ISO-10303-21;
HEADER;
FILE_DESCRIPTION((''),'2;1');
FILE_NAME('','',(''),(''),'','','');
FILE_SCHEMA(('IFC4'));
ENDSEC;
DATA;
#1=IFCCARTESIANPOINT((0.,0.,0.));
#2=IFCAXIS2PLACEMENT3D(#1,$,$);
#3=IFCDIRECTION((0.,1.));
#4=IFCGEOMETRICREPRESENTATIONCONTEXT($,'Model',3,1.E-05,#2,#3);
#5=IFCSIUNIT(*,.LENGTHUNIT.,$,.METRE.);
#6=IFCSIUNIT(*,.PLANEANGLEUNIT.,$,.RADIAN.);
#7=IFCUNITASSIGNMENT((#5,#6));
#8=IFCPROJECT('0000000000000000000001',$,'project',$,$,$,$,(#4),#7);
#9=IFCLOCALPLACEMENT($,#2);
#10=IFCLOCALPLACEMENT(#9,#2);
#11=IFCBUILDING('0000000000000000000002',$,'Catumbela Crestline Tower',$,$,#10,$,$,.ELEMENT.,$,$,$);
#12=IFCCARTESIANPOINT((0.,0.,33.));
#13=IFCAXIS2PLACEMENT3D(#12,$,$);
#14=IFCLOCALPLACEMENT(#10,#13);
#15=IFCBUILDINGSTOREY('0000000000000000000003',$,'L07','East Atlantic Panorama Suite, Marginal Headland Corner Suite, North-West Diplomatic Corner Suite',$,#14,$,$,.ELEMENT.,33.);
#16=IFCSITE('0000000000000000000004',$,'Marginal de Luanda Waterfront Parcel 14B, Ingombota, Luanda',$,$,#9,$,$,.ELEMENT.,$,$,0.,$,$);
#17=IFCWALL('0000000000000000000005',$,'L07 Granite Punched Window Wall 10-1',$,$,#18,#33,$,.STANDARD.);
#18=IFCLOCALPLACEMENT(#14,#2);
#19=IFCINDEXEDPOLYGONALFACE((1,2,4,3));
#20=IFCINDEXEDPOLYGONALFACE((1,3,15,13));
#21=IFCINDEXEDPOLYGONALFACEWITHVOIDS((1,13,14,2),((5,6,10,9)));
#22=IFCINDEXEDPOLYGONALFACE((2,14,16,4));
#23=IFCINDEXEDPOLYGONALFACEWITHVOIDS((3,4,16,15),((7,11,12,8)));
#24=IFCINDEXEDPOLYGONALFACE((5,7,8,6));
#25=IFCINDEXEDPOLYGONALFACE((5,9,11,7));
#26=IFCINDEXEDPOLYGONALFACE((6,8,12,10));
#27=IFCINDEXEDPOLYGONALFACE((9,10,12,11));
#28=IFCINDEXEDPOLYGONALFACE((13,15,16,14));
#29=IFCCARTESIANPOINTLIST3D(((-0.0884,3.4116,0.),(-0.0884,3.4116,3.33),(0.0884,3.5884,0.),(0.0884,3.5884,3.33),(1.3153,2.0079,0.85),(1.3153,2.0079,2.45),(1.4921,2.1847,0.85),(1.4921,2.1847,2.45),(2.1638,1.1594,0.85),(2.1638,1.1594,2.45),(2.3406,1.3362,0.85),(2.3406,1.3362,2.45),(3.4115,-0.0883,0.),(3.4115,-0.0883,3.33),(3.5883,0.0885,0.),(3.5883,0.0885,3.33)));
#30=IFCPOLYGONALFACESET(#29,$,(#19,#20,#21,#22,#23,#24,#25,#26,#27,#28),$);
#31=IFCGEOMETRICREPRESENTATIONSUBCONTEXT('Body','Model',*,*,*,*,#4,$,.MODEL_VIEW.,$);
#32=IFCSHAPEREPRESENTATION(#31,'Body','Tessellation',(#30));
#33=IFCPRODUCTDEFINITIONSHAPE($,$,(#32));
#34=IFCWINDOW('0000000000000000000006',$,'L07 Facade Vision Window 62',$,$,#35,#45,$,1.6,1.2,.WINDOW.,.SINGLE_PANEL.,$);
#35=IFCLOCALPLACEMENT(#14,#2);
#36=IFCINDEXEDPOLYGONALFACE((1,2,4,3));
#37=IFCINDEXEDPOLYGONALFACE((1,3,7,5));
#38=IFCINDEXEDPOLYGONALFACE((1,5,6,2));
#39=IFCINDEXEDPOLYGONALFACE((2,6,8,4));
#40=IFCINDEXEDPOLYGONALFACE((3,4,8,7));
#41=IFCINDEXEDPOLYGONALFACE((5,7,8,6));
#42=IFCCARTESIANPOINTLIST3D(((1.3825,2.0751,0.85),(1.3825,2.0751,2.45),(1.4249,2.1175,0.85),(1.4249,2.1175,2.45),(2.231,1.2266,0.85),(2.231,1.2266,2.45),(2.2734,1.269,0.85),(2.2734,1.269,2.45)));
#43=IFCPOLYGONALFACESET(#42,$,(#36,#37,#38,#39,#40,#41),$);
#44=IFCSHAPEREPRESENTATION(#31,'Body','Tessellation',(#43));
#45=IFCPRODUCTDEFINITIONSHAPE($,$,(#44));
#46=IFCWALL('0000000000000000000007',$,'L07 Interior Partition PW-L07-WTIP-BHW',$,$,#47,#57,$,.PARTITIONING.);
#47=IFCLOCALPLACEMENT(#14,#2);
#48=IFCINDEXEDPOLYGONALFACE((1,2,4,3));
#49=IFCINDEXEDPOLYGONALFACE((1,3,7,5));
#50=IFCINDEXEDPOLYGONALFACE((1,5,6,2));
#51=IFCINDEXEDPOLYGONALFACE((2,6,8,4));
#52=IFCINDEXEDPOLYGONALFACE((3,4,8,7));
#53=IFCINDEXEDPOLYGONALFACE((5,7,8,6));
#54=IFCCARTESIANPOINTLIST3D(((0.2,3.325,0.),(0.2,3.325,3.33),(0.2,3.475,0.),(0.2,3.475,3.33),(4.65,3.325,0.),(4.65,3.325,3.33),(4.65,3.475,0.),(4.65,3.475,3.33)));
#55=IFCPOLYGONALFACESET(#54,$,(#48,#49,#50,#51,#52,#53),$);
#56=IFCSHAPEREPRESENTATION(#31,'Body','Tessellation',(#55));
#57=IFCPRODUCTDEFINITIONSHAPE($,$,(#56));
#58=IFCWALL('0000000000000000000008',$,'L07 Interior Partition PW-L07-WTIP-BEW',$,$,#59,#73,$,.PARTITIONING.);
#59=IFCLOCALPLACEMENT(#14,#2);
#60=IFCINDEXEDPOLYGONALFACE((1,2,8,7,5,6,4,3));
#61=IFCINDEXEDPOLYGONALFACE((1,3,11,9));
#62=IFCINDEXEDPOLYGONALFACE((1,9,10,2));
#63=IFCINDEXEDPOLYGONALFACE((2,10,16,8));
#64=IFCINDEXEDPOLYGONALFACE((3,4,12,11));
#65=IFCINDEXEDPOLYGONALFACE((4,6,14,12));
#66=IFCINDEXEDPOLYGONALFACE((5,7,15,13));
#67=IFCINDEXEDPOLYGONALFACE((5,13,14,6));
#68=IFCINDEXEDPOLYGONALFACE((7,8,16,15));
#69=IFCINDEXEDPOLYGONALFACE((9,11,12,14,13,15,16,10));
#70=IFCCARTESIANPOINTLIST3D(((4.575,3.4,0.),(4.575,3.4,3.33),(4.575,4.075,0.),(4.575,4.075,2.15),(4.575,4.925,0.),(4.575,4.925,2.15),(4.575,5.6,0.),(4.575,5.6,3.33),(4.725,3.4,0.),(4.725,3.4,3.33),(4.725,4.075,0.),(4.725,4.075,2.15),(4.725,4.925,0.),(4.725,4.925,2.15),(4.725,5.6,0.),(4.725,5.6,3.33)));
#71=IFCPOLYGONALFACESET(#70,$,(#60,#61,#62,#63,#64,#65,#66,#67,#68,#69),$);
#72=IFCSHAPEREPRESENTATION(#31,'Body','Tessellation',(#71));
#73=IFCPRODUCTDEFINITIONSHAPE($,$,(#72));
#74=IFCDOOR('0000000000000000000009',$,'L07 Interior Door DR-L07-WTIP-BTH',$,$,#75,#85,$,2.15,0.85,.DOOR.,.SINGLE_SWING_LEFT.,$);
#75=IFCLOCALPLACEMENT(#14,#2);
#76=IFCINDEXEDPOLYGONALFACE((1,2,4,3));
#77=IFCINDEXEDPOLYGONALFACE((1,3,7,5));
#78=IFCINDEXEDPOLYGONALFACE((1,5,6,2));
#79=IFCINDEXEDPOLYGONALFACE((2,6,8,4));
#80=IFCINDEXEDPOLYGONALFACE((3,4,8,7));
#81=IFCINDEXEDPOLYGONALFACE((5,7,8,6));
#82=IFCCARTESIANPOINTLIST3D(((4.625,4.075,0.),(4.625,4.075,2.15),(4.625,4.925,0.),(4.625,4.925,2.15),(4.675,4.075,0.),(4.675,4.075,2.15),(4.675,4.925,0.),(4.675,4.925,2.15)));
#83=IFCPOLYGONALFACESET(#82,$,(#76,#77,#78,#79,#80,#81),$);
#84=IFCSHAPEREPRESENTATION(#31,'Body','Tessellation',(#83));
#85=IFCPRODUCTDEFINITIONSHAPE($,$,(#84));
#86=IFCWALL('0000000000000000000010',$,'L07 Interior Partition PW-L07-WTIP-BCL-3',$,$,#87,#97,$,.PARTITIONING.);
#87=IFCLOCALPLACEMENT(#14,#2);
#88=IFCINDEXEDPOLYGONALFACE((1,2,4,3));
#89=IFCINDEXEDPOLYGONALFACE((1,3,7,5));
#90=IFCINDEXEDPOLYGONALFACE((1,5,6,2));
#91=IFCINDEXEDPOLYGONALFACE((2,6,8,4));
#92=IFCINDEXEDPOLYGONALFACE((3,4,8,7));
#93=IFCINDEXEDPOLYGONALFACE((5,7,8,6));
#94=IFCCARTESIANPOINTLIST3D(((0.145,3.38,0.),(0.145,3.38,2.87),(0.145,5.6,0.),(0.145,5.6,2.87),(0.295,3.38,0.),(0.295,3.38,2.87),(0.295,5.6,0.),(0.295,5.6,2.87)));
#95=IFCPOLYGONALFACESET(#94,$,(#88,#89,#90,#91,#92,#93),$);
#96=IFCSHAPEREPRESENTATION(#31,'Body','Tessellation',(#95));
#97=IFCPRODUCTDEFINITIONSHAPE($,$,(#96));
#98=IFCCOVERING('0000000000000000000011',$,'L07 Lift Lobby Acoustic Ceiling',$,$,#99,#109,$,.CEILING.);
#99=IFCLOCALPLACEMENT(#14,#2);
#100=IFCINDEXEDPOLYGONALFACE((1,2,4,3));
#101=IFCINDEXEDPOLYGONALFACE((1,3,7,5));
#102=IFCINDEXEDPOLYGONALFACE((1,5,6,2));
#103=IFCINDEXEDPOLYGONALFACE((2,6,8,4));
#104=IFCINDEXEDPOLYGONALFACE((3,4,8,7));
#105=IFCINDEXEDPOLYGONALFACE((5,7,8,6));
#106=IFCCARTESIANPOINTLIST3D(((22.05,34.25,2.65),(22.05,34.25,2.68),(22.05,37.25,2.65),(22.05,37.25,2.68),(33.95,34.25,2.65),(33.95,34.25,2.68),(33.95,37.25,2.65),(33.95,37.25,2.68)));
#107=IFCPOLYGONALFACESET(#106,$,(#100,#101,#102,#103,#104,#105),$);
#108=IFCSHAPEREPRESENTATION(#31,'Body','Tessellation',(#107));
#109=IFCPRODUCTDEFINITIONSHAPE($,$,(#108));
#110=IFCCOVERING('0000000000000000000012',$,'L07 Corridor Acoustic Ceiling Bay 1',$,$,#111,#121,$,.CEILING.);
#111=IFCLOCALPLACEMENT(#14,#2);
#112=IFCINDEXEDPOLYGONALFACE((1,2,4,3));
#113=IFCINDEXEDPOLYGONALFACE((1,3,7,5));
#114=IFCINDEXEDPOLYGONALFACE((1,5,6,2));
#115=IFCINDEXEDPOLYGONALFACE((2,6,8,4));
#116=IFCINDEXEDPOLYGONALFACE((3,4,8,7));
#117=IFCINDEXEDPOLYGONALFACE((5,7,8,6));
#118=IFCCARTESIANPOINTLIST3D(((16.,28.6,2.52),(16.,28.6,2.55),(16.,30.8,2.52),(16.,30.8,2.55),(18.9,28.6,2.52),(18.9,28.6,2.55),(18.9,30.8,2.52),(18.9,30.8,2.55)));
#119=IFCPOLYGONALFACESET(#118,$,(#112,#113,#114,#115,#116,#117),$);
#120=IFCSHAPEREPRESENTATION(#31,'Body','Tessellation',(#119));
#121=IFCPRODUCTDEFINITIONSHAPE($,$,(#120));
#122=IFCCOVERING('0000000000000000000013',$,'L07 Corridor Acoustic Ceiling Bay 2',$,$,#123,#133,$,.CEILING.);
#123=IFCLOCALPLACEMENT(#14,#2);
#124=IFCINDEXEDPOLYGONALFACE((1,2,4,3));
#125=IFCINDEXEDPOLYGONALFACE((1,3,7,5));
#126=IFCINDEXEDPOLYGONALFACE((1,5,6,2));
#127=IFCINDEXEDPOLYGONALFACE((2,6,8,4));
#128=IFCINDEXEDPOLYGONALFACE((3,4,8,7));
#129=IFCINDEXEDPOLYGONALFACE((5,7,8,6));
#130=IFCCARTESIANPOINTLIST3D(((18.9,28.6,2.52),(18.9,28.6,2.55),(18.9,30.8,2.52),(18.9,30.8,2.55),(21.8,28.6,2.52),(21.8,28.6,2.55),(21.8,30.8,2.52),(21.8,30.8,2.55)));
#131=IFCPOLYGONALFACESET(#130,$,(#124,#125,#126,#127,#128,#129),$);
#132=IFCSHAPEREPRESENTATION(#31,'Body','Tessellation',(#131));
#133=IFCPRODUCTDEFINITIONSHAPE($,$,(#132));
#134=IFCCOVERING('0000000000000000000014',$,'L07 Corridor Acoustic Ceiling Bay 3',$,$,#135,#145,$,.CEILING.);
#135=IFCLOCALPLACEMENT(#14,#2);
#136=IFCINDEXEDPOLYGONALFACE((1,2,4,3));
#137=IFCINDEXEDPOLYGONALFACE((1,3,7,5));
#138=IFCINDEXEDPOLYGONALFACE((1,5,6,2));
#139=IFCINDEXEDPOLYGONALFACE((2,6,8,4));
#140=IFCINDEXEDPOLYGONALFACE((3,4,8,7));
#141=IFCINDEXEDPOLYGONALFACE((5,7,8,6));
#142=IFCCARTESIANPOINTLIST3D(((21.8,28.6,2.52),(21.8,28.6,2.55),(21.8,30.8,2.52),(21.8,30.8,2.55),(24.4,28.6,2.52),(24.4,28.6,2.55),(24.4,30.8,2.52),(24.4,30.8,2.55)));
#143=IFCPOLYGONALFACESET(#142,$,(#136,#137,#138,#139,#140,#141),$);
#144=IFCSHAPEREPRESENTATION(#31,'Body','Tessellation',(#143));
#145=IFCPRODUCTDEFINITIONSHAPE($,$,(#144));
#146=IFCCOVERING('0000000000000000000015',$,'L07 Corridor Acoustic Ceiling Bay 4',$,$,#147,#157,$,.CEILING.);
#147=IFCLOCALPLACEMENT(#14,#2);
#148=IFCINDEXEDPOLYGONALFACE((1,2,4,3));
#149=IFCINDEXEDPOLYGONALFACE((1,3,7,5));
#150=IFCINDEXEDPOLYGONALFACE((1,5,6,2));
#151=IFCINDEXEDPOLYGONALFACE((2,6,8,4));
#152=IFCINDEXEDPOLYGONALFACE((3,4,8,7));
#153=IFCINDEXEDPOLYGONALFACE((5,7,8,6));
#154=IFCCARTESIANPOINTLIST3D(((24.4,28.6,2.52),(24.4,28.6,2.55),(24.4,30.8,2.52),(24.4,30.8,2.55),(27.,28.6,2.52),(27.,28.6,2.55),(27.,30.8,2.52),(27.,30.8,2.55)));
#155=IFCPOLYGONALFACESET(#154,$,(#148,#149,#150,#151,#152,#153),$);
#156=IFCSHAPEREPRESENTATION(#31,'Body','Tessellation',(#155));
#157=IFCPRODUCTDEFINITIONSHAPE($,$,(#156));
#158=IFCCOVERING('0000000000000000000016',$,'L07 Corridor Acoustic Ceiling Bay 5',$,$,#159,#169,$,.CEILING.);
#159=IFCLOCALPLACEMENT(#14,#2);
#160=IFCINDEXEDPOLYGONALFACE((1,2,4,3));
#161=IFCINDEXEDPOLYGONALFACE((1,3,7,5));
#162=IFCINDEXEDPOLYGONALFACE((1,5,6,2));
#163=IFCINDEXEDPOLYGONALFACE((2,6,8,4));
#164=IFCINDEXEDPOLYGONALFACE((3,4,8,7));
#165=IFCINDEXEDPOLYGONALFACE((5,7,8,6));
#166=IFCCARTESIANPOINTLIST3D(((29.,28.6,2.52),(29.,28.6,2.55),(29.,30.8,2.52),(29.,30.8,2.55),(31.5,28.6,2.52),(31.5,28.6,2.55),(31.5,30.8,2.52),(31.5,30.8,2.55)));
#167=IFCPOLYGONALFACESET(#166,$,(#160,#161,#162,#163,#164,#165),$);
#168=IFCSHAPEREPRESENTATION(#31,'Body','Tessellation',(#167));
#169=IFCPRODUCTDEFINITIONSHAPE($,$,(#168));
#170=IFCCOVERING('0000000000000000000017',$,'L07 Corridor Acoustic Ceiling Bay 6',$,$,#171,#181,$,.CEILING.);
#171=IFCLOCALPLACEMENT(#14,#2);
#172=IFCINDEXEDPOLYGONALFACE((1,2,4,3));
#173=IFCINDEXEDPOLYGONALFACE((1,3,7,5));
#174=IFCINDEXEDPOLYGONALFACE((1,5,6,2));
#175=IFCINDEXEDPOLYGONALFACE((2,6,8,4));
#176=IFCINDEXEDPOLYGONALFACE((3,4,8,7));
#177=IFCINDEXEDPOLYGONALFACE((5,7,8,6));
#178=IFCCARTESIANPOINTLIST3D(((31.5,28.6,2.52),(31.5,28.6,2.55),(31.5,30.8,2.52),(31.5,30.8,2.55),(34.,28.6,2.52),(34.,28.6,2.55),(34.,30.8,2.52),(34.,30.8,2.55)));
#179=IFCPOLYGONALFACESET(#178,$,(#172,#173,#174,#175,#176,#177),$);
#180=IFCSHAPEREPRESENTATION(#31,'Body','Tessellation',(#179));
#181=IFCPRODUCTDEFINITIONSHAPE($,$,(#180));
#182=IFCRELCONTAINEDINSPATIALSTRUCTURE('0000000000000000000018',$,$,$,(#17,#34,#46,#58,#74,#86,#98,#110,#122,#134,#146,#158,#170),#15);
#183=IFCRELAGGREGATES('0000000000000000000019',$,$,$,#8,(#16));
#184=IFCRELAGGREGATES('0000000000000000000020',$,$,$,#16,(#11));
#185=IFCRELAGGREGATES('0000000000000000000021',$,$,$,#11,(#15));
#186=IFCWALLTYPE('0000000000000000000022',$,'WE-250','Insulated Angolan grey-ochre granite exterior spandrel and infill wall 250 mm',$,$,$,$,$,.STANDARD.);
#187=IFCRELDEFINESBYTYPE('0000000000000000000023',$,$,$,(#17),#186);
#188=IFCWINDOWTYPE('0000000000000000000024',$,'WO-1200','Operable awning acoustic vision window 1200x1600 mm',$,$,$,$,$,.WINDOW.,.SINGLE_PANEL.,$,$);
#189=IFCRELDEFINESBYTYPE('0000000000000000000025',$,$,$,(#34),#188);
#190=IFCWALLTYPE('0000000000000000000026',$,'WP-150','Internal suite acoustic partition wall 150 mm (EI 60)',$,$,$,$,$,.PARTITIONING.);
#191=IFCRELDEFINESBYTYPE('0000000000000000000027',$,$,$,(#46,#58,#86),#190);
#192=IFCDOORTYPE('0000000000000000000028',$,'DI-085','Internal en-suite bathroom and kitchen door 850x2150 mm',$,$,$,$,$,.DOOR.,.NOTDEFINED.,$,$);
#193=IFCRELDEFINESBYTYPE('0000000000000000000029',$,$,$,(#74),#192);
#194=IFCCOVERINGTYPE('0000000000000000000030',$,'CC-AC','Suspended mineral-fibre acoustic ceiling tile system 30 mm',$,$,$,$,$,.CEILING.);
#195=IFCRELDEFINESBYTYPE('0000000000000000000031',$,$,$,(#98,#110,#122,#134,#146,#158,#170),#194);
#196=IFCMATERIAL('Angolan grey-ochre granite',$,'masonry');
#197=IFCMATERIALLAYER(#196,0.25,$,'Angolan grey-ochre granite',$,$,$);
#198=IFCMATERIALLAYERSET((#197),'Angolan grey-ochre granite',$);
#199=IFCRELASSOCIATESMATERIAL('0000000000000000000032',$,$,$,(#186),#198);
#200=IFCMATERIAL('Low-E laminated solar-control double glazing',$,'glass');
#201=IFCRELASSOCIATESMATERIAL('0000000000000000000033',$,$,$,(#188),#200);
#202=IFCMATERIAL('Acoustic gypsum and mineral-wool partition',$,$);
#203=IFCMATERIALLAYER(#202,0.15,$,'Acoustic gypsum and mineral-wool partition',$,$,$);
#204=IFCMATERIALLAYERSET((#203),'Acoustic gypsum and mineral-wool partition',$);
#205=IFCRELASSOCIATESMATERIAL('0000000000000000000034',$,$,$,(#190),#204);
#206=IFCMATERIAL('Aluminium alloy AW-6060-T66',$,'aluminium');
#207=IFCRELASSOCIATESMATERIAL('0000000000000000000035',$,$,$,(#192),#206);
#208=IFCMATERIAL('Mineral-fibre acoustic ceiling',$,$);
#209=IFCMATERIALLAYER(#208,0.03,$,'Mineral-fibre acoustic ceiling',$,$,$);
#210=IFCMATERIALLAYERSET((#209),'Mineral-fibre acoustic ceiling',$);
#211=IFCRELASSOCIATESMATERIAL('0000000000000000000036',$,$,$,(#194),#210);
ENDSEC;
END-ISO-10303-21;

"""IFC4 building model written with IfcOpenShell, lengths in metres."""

from ifc_helpers import new_model, si_unit, direction, frame, frame_2d, origin, place, context, subcontext, project, spatial, polyline, rectangle, outline, extrude, material, layer, layer_set, type_object, element, fill, save


model = new_model("IFC4")

# Units and contexts
model_context = context("Model", 3, precision=1e-05, world=origin(), true_north=direction((0.0, 1.0)))
body_context = subcontext(model_context, "Body", "Model", "MODEL_VIEW")
ifc_project = project(units=[si_unit("LENGTHUNIT", "METRE"), si_unit("PLANEANGLEUNIT", "RADIAN")], contexts=[model_context])

# Site, building, storey
site_placement = place(None, origin())
site = spatial("IfcSite", under=ifc_project, at=site_placement, Name="Marginal de Luanda Waterfront Parcel 14B, Ingombota, Luanda", CompositionType="ELEMENT", RefElevation=0.0)
building_placement = place(site_placement, origin())
building = spatial("IfcBuilding", under=site, at=building_placement, Name="Catumbela Crestline Tower", CompositionType="ELEMENT")
storey_placement = place(building_placement, frame((0.0, 0.0, 33.0)))
storey = spatial("IfcBuildingStorey", under=building, at=storey_placement, Name="L07", Description="East Atlantic Panorama Suite, Marginal Headland Corner Suite, North-West Diplomatic Corner Suite", CompositionType="ELEMENT", Elevation=33.0)

# Shared definitions
ifc_material_1 = material(Name="Aluminium alloy AW-6060-T66", Category="aluminium")

# Wall, opening, window
ifc_material_2 = material(Name="Angolan grey-ochre granite", Category="masonry")
ifc_layer_1 = layer(ifc_material_2, 0.25, Name="Angolan grey-ochre granite")
ifc_layer_set_1 = layer_set([ifc_layer_1], Name="Angolan grey-ochre granite")
wall_type_1 = type_object("IfcWallType", Name="WE-250", Description="Insulated Angolan grey-ochre granite exterior spandrel and infill wall 250 mm", PredefinedType="STANDARD", material=ifc_layer_set_1)
wall_1_placement = place(storey_placement, frame((0.0, 3.5, 0.0), z_axis=(0.0, 0.0, 1.0), x_axis=(0.707107, -0.707107, 0.0)))
wall_1 = element("IfcWall", 1, at=wall_1_placement, inside=storey, type_object=wall_type_1, Name="L07 Granite Punched Window Wall 10-1", PredefinedType="STANDARD", context=body_context, shape_type="SweptSolid", body=[
    extrude(rectangle(XDim=4.9497, YDim=0.25, at=frame_2d((2.4748, 0.0))), origin(), (0.0, 0.0, 1.0), 3.33),
])
opening_1_placement = place(wall_1_placement, frame((1.9851, 0.0, 0.85)))
opening_1 = element("IfcOpeningElement", 2, at=opening_1_placement, cuts=wall_1, PredefinedType="OPENING", context=body_context, shape_type="SweptSolid", body=[
    extrude(rectangle(XDim=1.2, YDim=1.6, at=frame_2d((0.6, 0.8))), frame((0.0, 0.135, 0.0), z_axis=(0.0, -1.0, 0.0), x_axis=(1.0, 0.0, 0.0)), (0.0, 0.0, 1.0), 0.27),
])
ifc_material_3 = material(Name="Low-E laminated solar-control double glazing", Category="glass")
window_type = type_object("IfcWindowType", Name="WO-1200", Description="Operable awning acoustic vision window 1200x1600 mm", PartitioningType="SINGLE_PANEL", PredefinedType="WINDOW", material=ifc_material_3)
window_placement = place(opening_1_placement, origin())
window = element("IfcWindow", 3, at=window_placement, inside=storey, type_object=window_type, Name="L07 Facade Vision Window 62", OverallHeight=1.6, OverallWidth=1.2, PartitioningType="SINGLE_PANEL", PredefinedType="WINDOW", context=body_context, shape_type="SweptSolid", body=[
    extrude(rectangle(XDim=1.2, YDim=1.6, at=frame_2d((0.6, 0.8))), frame((0.0, 0.03, 0.0), z_axis=(0.0, -1.0, 0.0), x_axis=(1.0, 0.0, 0.0)), (0.0, 0.0, 1.0), 0.06),
])
fill(opening_1, window)

# Wall
ifc_material_4 = material(Name="Acoustic gypsum and mineral-wool partition")
ifc_layer_2 = layer(ifc_material_4, 0.15, Name="Acoustic gypsum and mineral-wool partition")
ifc_layer_set_2 = layer_set([ifc_layer_2], Name="Acoustic gypsum and mineral-wool partition")
wall_type_2 = type_object("IfcWallType", Name="WP-150", Description="Internal suite acoustic partition wall 150 mm (EI 60)", PredefinedType="PARTITIONING", material=ifc_layer_set_2)
wall_2_placement = place(storey_placement, frame((0.2, 3.4, 0.0), z_axis=(0.0, 0.0, 1.0), x_axis=(1.0, 0.0, 0.0)))
element("IfcWall", 4, at=wall_2_placement, inside=storey, type_object=wall_type_2, Name="L07 Interior Partition PW-L07-WTIP-BHW", PredefinedType="PARTITIONING", context=body_context, shape_type="SweptSolid", body=[
    extrude(rectangle(XDim=4.45, YDim=0.15, at=frame_2d((2.225, 0.0))), origin(), (0.0, 0.0, 1.0), 3.33),
])

# Wall, opening, door
wall_3_placement = place(storey_placement, frame((4.65, 3.4, 0.0), z_axis=(0.0, 0.0, 1.0), x_axis=(0.0, 1.0, 0.0)))
wall_3 = element("IfcWall", 5, at=wall_3_placement, inside=storey, type_object=wall_type_2, Name="L07 Interior Partition PW-L07-WTIP-BEW", PredefinedType="PARTITIONING", context=body_context, shape_type="SweptSolid", body=[
    extrude(rectangle(XDim=2.2, YDim=0.15, at=frame_2d((1.1, 0.0))), origin(), (0.0, 0.0, 1.0), 3.33),
])
opening_2_placement = place(wall_3_placement, frame((0.675, 0.0, 0.0)))
opening_2 = element("IfcOpeningElement", 6, at=opening_2_placement, cuts=wall_3, PredefinedType="OPENING", context=body_context, shape_type="SweptSolid", body=[
    extrude(rectangle(XDim=0.85, YDim=2.15, at=frame_2d((0.425, 1.075))), frame((0.0, 0.085, 0.0), z_axis=(0.0, -1.0, 0.0), x_axis=(1.0, 0.0, 0.0)), (0.0, 0.0, 1.0), 0.17),
])
door_type = type_object("IfcDoorType", Name="DI-085", Description="Internal en-suite bathroom and kitchen door 850x2150 mm", OperationType="NOTDEFINED", PredefinedType="DOOR", material=ifc_material_1)
door_placement = place(opening_2_placement, origin())
door = element("IfcDoor", 7, at=door_placement, inside=storey, type_object=door_type, Name="L07 Interior Door DR-L07-WTIP-BTH", OperationType="SINGLE_SWING_LEFT", OverallHeight=2.15, OverallWidth=0.85, PredefinedType="DOOR", context=body_context, shape_type="SweptSolid", body=[
    extrude(rectangle(XDim=0.85, YDim=2.15, at=frame_2d((0.425, 1.075))), frame((0.0, 0.025, 0.0), z_axis=(0.0, -1.0, 0.0), x_axis=(1.0, 0.0, 0.0)), (0.0, 0.0, 1.0), 0.05),
])
fill(opening_2, door)

# Wall
wall_4_placement = place(storey_placement, frame((0.22, 3.38, 0.0), z_axis=(0.0, 0.0, 1.0), x_axis=(0.0, 1.0, 0.0)))
element("IfcWall", 8, at=wall_4_placement, inside=storey, type_object=wall_type_2, Name="L07 Interior Partition PW-L07-WTIP-BCL-3", PredefinedType="PARTITIONING", context=body_context, shape_type="SweptSolid", body=[
    extrude(rectangle(XDim=2.22, YDim=0.15, at=frame_2d((1.11, 0.0))), origin(), (0.0, 0.0, 1.0), 2.87),
])

# Coverings
ifc_material_5 = material(Name="Mineral-fibre acoustic ceiling")
ifc_layer_3 = layer(ifc_material_5, 0.03, Name="Mineral-fibre acoustic ceiling")
ifc_layer_set_3 = layer_set([ifc_layer_3], Name="Mineral-fibre acoustic ceiling")
covering_type_1 = type_object("IfcCoveringType", Name="CC-AC", Description="Suspended mineral-fibre acoustic ceiling tile system 30 mm", PredefinedType="CEILING", material=ifc_layer_set_3)
covering_1_placement = place(storey_placement, frame((0.0, 0.0, 2.65)))
element("IfcCovering", 9, at=covering_1_placement, inside=storey, type_object=covering_type_1, Name="L07 Lift Lobby Acoustic Ceiling", PredefinedType="CEILING", context=body_context, shape_type="SweptSolid", body=[
    extrude(outline(polyline([(22.05, 34.25), (33.95, 34.25), (33.95, 37.25), (22.05, 37.25), (22.05, 34.25)])), origin(), (0.0, 0.0, 1.0), 0.03),
])
covering_2_placement = place(storey_placement, frame((0.0, 0.0, 2.52)))
element("IfcCovering", 10, at=covering_2_placement, inside=storey, type_object=covering_type_1, Name="L07 Corridor Acoustic Ceiling Bay 1", PredefinedType="CEILING", context=body_context, shape_type="SweptSolid", body=[
    extrude(outline(polyline([(16.0, 28.6), (18.9, 28.6), (18.9, 30.8), (16.0, 30.8), (16.0, 28.6)])), origin(), (0.0, 0.0, 1.0), 0.03),
])
covering_3_placement = place(storey_placement, frame((0.0, 0.0, 2.52)))
element("IfcCovering", 11, at=covering_3_placement, inside=storey, type_object=covering_type_1, Name="L07 Corridor Acoustic Ceiling Bay 2", PredefinedType="CEILING", context=body_context, shape_type="SweptSolid", body=[
    extrude(outline(polyline([(18.9, 28.6), (21.8, 28.6), (21.8, 30.8), (18.9, 30.8), (18.9, 28.6)])), origin(), (0.0, 0.0, 1.0), 0.03),
])
covering_4_placement = place(storey_placement, frame((0.0, 0.0, 2.52)))
element("IfcCovering", 12, at=covering_4_placement, inside=storey, type_object=covering_type_1, Name="L07 Corridor Acoustic Ceiling Bay 3", PredefinedType="CEILING", context=body_context, shape_type="SweptSolid", body=[
    extrude(outline(polyline([(21.8, 28.6), (24.4, 28.6), (24.4, 30.8), (21.8, 30.8), (21.8, 28.6)])), origin(), (0.0, 0.0, 1.0), 0.03),
])
covering_5_placement = place(storey_placement, frame((0.0, 0.0, 2.52)))
element("IfcCovering", 13, at=covering_5_placement, inside=storey, type_object=covering_type_1, Name="L07 Corridor Acoustic Ceiling Bay 4", PredefinedType="CEILING", context=body_context, shape_type="SweptSolid", body=[
    extrude(outline(polyline([(24.4, 28.6), (27.0, 28.6), (27.0, 30.8), (24.4, 30.8), (24.4, 28.6)])), origin(), (0.0, 0.0, 1.0), 0.03),
])
covering_6_placement = place(storey_placement, frame((0.0, 0.0, 2.52)))
element("IfcCovering", 14, at=covering_6_placement, inside=storey, type_object=covering_type_1, Name="L07 Corridor Acoustic Ceiling Bay 5", PredefinedType="CEILING", context=body_context, shape_type="SweptSolid", body=[
    extrude(outline(polyline([(29.0, 28.6), (31.5, 28.6), (31.5, 30.8), (29.0, 30.8), (29.0, 28.6)])), origin(), (0.0, 0.0, 1.0), 0.03),
])
covering_7_placement = place(storey_placement, frame((0.0, 0.0, 2.52)))
element("IfcCovering", 15, at=covering_7_placement, inside=storey, type_object=covering_type_1, Name="L07 Corridor Acoustic Ceiling Bay 6", PredefinedType="CEILING", context=body_context, shape_type="SweptSolid", body=[
    extrude(outline(polyline([(31.5, 28.6), (34.0, 28.6), (34.0, 30.8), (31.5, 30.8), (31.5, 28.6)])), origin(), (0.0, 0.0, 1.0), 0.03),
])

save(model, "model.ifc")
